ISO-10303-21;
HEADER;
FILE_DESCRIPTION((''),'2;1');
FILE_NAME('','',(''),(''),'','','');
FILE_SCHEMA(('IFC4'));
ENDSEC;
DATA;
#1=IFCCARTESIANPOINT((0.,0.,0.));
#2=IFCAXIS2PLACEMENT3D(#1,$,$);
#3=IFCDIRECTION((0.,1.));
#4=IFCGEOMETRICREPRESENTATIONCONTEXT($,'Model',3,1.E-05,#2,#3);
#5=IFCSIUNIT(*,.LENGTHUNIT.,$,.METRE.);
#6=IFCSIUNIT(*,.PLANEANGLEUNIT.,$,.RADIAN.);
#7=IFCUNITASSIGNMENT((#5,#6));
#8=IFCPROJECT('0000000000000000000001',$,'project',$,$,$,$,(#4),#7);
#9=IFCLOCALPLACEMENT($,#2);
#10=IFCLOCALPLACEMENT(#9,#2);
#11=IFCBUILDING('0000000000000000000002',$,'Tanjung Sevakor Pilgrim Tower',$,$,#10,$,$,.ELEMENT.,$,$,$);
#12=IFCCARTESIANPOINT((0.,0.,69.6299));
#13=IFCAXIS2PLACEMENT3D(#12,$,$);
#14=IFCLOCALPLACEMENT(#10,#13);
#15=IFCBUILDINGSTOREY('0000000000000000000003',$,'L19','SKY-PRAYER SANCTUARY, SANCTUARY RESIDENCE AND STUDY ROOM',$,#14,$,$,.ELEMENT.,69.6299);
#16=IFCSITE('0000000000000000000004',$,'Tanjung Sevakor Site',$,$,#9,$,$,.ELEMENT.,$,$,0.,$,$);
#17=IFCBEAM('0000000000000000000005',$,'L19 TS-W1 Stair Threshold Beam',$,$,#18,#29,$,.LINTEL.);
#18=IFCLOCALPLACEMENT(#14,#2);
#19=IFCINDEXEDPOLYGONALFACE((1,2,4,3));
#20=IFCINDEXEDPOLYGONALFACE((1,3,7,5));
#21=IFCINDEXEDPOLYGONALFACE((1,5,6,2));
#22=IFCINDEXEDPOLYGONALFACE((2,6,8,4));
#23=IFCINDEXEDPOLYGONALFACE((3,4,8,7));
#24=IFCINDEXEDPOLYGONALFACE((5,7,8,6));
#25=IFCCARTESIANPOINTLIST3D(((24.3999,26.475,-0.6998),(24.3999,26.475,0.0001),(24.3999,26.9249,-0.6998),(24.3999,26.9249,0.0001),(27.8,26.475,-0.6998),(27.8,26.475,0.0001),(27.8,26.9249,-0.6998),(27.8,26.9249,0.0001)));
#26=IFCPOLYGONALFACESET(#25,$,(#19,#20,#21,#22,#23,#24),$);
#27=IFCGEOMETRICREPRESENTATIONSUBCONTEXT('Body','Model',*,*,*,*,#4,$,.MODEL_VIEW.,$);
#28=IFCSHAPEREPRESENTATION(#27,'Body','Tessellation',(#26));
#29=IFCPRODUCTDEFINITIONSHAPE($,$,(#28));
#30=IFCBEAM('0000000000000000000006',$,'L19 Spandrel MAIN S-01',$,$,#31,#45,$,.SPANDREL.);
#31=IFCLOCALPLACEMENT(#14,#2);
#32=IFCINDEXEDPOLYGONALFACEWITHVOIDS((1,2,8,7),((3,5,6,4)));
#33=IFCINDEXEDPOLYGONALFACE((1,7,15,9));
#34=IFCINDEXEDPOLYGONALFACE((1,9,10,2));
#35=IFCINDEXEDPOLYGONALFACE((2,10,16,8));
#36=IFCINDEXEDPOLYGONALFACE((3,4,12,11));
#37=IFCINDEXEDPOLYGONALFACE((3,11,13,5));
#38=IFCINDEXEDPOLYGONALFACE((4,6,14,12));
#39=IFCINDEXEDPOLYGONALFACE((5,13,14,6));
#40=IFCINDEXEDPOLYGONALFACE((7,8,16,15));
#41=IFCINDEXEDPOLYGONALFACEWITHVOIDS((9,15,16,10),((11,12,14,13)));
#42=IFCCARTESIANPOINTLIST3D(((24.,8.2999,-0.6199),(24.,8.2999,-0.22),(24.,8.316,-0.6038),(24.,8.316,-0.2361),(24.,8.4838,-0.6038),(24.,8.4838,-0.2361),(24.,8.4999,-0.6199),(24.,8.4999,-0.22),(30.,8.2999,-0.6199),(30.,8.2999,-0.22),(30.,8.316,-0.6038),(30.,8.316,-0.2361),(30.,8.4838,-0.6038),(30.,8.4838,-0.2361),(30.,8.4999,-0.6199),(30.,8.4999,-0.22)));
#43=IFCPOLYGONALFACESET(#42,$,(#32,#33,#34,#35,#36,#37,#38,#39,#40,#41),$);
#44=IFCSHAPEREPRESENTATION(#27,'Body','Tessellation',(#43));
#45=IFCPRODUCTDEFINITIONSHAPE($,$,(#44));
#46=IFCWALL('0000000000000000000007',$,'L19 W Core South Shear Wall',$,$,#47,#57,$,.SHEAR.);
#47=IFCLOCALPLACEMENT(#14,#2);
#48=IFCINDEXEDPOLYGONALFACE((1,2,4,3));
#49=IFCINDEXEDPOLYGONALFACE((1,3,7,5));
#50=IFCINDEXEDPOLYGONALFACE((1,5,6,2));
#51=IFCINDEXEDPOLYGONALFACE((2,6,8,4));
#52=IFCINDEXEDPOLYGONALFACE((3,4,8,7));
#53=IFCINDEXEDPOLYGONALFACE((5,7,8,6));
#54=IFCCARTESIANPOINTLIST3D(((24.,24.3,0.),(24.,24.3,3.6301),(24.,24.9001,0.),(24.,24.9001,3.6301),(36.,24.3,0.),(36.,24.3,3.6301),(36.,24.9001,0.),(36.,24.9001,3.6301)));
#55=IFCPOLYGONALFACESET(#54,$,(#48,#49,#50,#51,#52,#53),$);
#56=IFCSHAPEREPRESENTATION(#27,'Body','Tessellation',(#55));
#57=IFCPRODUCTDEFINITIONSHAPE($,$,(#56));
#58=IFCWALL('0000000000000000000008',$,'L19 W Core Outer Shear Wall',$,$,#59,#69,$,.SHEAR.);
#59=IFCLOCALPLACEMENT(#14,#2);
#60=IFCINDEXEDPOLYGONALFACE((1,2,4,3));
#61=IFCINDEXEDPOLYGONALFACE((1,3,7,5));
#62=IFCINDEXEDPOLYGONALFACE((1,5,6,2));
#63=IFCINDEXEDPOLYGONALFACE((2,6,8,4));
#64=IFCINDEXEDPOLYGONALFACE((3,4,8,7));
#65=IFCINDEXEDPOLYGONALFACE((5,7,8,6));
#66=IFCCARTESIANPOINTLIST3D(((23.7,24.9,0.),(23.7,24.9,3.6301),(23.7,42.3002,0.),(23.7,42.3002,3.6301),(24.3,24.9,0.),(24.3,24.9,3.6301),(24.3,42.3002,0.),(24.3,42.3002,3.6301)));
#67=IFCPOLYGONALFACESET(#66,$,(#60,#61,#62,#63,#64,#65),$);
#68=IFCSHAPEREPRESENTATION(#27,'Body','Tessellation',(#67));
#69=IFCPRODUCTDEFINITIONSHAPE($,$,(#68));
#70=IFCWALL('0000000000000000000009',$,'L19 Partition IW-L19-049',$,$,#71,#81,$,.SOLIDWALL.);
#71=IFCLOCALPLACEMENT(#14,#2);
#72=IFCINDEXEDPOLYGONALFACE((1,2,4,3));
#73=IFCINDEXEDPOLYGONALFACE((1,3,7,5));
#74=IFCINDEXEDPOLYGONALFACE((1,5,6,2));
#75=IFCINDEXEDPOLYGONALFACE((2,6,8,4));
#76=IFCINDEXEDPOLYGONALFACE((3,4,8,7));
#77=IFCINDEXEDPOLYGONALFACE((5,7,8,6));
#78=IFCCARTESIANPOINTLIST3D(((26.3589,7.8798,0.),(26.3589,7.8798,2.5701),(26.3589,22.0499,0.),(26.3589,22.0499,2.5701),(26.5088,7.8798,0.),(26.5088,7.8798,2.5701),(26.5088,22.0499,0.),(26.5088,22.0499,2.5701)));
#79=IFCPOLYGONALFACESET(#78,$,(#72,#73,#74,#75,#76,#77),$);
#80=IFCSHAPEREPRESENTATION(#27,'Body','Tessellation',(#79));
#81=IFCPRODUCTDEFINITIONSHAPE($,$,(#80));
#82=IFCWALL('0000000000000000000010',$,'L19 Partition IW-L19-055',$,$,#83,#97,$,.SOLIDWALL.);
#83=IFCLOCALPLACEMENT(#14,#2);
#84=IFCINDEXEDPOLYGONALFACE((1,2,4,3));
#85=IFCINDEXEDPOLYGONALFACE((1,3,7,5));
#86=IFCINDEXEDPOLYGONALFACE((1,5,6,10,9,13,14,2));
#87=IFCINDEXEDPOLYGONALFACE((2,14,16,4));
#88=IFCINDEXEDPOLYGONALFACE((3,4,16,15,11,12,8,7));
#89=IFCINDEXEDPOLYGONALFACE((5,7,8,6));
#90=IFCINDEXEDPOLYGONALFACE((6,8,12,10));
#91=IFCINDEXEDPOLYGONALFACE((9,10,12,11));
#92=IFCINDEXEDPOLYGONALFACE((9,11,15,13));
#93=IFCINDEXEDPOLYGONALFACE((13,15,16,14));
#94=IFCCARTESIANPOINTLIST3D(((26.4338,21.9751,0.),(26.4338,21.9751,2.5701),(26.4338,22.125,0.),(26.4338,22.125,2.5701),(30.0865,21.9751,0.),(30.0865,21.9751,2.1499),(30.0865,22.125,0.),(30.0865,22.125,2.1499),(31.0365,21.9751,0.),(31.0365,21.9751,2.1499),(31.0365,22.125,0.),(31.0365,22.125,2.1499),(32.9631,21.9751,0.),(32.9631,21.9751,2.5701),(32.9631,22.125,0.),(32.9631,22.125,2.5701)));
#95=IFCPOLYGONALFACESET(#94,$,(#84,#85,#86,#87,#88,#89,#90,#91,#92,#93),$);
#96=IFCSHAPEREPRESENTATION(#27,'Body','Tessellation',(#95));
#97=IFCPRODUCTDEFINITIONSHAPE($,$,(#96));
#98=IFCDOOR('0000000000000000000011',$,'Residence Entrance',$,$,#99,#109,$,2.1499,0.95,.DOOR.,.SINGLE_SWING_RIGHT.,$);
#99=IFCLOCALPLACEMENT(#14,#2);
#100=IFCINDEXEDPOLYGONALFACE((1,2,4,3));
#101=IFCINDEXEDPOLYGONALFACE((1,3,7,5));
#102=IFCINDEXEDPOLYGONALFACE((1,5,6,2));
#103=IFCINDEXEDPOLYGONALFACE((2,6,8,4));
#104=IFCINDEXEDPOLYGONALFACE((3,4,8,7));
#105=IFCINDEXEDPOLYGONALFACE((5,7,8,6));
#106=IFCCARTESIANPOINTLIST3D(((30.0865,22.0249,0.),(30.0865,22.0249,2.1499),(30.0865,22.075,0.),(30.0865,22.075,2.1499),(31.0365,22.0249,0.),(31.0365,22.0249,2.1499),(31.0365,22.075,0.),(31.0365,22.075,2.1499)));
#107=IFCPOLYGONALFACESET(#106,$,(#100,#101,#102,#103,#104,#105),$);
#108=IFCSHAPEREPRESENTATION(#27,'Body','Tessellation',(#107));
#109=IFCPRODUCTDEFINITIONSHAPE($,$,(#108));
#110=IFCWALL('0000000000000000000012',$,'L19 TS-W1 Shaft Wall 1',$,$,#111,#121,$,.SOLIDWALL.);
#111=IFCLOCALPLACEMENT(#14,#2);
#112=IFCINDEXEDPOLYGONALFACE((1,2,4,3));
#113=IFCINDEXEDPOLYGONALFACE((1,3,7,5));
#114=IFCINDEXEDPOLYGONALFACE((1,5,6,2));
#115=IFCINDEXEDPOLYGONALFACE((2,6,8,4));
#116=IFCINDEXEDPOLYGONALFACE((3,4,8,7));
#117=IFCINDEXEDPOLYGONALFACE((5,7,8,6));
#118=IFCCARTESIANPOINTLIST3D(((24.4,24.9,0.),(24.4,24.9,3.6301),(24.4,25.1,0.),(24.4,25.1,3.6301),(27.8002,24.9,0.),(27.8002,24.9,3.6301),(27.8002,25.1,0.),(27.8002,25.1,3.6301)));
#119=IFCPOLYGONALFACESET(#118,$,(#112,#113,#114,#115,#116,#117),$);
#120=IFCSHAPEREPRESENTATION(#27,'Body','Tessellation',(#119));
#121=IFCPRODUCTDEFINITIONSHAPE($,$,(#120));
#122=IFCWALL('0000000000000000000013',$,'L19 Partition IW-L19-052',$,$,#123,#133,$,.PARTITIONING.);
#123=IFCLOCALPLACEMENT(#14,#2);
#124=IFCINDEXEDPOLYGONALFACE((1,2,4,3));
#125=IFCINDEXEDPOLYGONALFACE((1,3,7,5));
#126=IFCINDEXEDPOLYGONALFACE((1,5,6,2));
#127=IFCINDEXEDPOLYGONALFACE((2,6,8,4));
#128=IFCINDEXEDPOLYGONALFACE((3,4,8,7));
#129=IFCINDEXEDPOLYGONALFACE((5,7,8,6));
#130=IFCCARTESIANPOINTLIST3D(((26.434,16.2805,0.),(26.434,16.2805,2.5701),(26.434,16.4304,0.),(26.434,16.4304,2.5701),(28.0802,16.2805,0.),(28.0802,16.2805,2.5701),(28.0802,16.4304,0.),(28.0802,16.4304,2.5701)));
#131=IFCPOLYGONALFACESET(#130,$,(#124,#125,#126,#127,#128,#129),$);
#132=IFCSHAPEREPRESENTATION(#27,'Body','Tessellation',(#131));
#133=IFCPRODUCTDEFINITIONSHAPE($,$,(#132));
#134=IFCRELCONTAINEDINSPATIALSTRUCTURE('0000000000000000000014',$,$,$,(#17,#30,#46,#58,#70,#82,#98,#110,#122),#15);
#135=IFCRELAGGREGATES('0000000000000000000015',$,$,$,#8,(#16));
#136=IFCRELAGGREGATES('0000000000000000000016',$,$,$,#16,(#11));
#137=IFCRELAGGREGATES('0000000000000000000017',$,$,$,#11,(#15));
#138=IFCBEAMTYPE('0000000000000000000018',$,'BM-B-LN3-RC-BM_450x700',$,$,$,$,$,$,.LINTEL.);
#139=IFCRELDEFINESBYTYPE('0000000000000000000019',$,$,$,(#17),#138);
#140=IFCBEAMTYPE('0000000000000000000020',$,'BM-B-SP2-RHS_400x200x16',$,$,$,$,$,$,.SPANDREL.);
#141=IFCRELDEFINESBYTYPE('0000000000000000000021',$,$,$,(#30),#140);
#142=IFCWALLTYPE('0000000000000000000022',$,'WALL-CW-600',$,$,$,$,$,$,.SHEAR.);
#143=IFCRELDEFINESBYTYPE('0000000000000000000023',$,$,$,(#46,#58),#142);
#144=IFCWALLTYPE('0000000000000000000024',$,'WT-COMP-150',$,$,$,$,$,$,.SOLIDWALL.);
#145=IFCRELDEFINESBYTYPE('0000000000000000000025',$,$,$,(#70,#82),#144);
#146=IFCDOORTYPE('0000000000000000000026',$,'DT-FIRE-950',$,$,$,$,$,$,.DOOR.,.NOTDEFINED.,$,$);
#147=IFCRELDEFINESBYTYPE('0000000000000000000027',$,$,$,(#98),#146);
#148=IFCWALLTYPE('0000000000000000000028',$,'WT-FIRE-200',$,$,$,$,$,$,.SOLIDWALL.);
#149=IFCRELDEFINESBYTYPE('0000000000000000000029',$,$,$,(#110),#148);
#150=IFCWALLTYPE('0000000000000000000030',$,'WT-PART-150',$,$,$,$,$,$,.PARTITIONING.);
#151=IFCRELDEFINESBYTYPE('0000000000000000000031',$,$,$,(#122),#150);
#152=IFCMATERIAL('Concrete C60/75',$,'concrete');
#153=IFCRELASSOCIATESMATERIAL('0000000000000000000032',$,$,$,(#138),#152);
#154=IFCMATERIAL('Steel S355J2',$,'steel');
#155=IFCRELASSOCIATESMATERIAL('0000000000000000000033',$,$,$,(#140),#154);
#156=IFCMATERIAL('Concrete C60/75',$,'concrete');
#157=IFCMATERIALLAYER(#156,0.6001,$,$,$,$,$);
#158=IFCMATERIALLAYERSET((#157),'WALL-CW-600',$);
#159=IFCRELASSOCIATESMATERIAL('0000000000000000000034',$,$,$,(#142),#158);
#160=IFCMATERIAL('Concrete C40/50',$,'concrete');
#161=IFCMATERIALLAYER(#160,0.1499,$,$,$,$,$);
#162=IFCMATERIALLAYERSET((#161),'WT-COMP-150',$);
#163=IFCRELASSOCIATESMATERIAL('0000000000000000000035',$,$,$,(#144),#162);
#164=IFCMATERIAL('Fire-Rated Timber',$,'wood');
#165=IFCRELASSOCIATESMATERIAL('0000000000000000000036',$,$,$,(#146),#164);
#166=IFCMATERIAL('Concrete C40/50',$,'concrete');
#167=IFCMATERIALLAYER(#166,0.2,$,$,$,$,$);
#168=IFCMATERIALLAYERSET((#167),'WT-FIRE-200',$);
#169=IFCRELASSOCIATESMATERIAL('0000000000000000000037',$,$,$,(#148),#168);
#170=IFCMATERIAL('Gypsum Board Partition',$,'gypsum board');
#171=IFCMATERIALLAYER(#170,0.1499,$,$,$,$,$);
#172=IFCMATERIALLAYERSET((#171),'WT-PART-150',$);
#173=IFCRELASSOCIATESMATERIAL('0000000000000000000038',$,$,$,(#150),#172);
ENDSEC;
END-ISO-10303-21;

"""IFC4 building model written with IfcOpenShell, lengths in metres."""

from ifc_helpers import new_model, si_unit, direction, frame, frame_2d, origin, origin_2d, place, context, subcontext, project, spatial, rectangle, hollow_rectangle, extrude, material, layer, layer_set, material_profile, profile_set, type_object, element, fill, save


model = new_model("IFC4")

# Units and contexts
model_context = context("Model", 3, precision=1e-05, world=origin(), true_north=direction((0.0, 1.0)))
body_context = subcontext(model_context, "Body", "Model", "MODEL_VIEW")
ifc_project = project(units=[si_unit("LENGTHUNIT", "METRE"), si_unit("PLANEANGLEUNIT", "RADIAN")], contexts=[model_context])

# Site, building, storey
site_placement = place(None, origin())
site = spatial("IfcSite", under=ifc_project, at=site_placement, Name="Tanjung Sevakor Site", CompositionType="ELEMENT", RefElevation=0.0)
building_placement = place(site_placement, origin())
building = spatial("IfcBuilding", under=site, at=building_placement, Name="Tanjung Sevakor Pilgrim Tower", CompositionType="ELEMENT")
storey_placement = place(building_placement, frame((0.0, 0.0, 69.6299)))
storey = spatial("IfcBuildingStorey", under=building, at=storey_placement, Name="L19", Description="SKY-PRAYER SANCTUARY, SANCTUARY RESIDENCE AND STUDY ROOM", CompositionType="ELEMENT", Elevation=69.6299)

# Beams
ifc_material_1 = material(Name="Concrete C60/75", Category="concrete")
ifc_material_profile_1 = material_profile(ifc_material_1, rectangle(XDim=0.45, YDim=0.7, at=origin_2d()))
ifc_profile_set_1 = profile_set([ifc_material_profile_1], Name="Concrete C60/75")
beam_type_1 = type_object("IfcBeamType", Name="BM-B-LN3-RC-BM_450x700", PredefinedType="LINTEL", material=ifc_profile_set_1)
beam_1_placement = place(storey_placement, frame((24.3999, 26.7, -0.3499), z_axis=(1.0, 0.0, 0.0), x_axis=(0.0, 1.0, 0.0)))
element("IfcBeam", 1, at=beam_1_placement, inside=storey, type_object=beam_type_1, Name="L19 TS-W1 Stair Threshold Beam", PredefinedType="LINTEL", context=body_context, shape_type="SweptSolid", body=[
    extrude(rectangle(XDim=0.45, YDim=0.7, at=origin_2d()), origin(), (0.0, 0.0, 1.0), 3.4001),
])
ifc_material_2 = material(Name="Steel S355J2", Category="steel")
ifc_material_profile_2 = material_profile(ifc_material_2, hollow_rectangle(XDim=0.2, YDim=0.3999, WallThickness=0.0161, at=origin_2d()))
ifc_profile_set_2 = profile_set([ifc_material_profile_2], Name="Steel S355J2")
beam_type_2 = type_object("IfcBeamType", Name="BM-B-SP2-RHS_400x200x16", PredefinedType="SPANDREL", material=ifc_profile_set_2)
beam_2_placement = place(storey_placement, frame((24.0, 8.3999, -0.4199), z_axis=(1.0, 0.0, 0.0), x_axis=(0.0, 1.0, 0.0)))
element("IfcBeam", 2, at=beam_2_placement, inside=storey, type_object=beam_type_2, Name="L19 Spandrel MAIN S-01", PredefinedType="SPANDREL", context=body_context, shape_type="SweptSolid", body=[
    extrude(hollow_rectangle(XDim=0.2, YDim=0.3999, WallThickness=0.0161, at=origin_2d()), origin(), (0.0, 0.0, 1.0), 6.0),
])

# Walls
ifc_material_3 = material(Name="Concrete C60/75", Category="concrete")
ifc_layer_1 = layer(ifc_material_3, 0.6001)
ifc_layer_set_1 = layer_set([ifc_layer_1], Name="WALL-CW-600")
wall_type_1 = type_object("IfcWallType", Name="WALL-CW-600", PredefinedType="SHEAR", material=ifc_layer_set_1)
wall_1_placement = place(storey_placement, frame((24.0, 24.6001, 0.0), z_axis=(0.0, 0.0, 1.0), x_axis=(1.0, 0.0, 0.0)))
element("IfcWall", 3, at=wall_1_placement, inside=storey, type_object=wall_type_1, Name="L19 W Core South Shear Wall", PredefinedType="SHEAR", context=body_context, shape_type="SweptSolid", body=[
    extrude(rectangle(XDim=12.0, YDim=0.6001, at=frame_2d((6.0, 0.0))), origin(), (0.0, 0.0, 1.0), 3.6301),
])
wall_2_placement = place(storey_placement, frame((24.0, 24.8999, 0.0), z_axis=(0.0, 0.0, 1.0), x_axis=(0.0, 1.0, 0.0)))
element("IfcWall", 4, at=wall_2_placement, inside=storey, type_object=wall_type_1, Name="L19 W Core Outer Shear Wall", PredefinedType="SHEAR", context=body_context, shape_type="SweptSolid", body=[
    extrude(rectangle(XDim=17.4001, YDim=0.6001, at=frame_2d((8.7002, 0.0))), origin(), (0.0, 0.0, 1.0), 3.6301),
])

# Wall
ifc_material_4 = material(Name="Concrete C40/50", Category="concrete")
ifc_layer_2 = layer(ifc_material_4, 0.1499)
ifc_layer_set_2 = layer_set([ifc_layer_2], Name="WT-COMP-150")
wall_type_2 = type_object("IfcWallType", Name="WT-COMP-150", PredefinedType="SOLIDWALL", material=ifc_layer_set_2)
wall_3_placement = place(storey_placement, frame((26.4338, 7.8799, 0.0), z_axis=(0.0, 0.0, 1.0), x_axis=(0.0, 1.0, 0.0)))
element("IfcWall", 5, at=wall_3_placement, inside=storey, type_object=wall_type_2, Name="L19 Partition IW-L19-049", PredefinedType="SOLIDWALL", context=body_context, shape_type="SweptSolid", body=[
    extrude(rectangle(XDim=14.1702, YDim=0.1499, at=frame_2d((7.085, 0.0))), origin(), (0.0, 0.0, 1.0), 2.5701),
])

# Wall, opening, door
wall_4_placement = place(storey_placement, frame((26.4338, 22.05, 0.0), z_axis=(0.0, 0.0, 1.0), x_axis=(1.0, 0.0, 0.0)))
wall_4 = element("IfcWall", 6, at=wall_4_placement, inside=storey, type_object=wall_type_2, Name="L19 Partition IW-L19-055", PredefinedType="SOLIDWALL", context=body_context, shape_type="SweptSolid", body=[
    extrude(rectangle(XDim=6.5293, YDim=0.1499, at=frame_2d((3.2646, 0.0))), origin(), (0.0, 0.0, 1.0), 2.5701),
])
opening_1_placement = place(wall_4_placement, frame((3.6526, 0.0, 0.0)))
opening_1 = element("IfcOpeningElement", 7, at=opening_1_placement, cuts=wall_4, PredefinedType="OPENING", context=body_context, shape_type="SweptSolid", body=[
    extrude(rectangle(XDim=0.95, YDim=2.1499, at=frame_2d((0.4751, 1.075))), frame((0.0, 0.085, 0.0), z_axis=(0.0, -1.0, 0.0), x_axis=(1.0, 0.0, 0.0)), (0.0, 0.0, 1.0), 0.1699),
])
ifc_material_5 = material(Name="Fire-Rated Timber", Category="wood")
door_type_1 = type_object("IfcDoorType", Name="DT-FIRE-950", OperationType="NOTDEFINED", PredefinedType="DOOR", material=ifc_material_5)
door_1_placement = place(opening_1_placement, origin())
door_1 = element("IfcDoor", 8, at=door_1_placement, inside=storey, type_object=door_type_1, Name="Residence Entrance", OperationType="SINGLE_SWING_RIGHT", OverallHeight=2.1499, OverallWidth=0.95, PredefinedType="DOOR", context=body_context, shape_type="SweptSolid", body=[
    extrude(rectangle(XDim=0.95, YDim=2.1499, at=frame_2d((0.4751, 1.075))), frame((0.0, 0.0249, 0.0), z_axis=(0.0, -1.0, 0.0), x_axis=(1.0, 0.0, 0.0)), (0.0, 0.0, 1.0), 0.05),
])
fill(opening_1, door_1)

# Wall
ifc_material_6 = material(Name="Concrete C40/50", Category="concrete")
ifc_layer_3 = layer(ifc_material_6, 0.2)
ifc_layer_set_3 = layer_set([ifc_layer_3], Name="WT-FIRE-200")
wall_type_3 = type_object("IfcWallType", Name="WT-FIRE-200", PredefinedType="SOLIDWALL", material=ifc_layer_set_3)
wall_5_placement = place(storey_placement, frame((24.3999, 25.0, 0.0), z_axis=(0.0, 0.0, 1.0), x_axis=(1.0, 0.0, 0.0)))
element("IfcWall", 9, at=wall_5_placement, inside=storey, type_object=wall_type_3, Name="L19 TS-W1 Shaft Wall 1", PredefinedType="SOLIDWALL", context=body_context, shape_type="SweptSolid", body=[
    extrude(rectangle(XDim=3.4001, YDim=0.2, at=frame_2d((1.7002, 0.0))), origin(), (0.0, 0.0, 1.0), 3.6301),
])

# Wall
ifc_material_7 = material(Name="Gypsum Board Partition", Category="gypsum board")
ifc_layer_4 = layer(ifc_material_7, 0.1499)
ifc_layer_set_4 = layer_set([ifc_layer_4], Name="WT-PART-150")
wall_type_4 = type_object("IfcWallType", Name="WT-PART-150", PredefinedType="PARTITIONING", material=ifc_layer_set_4)
wall_6_placement = place(storey_placement, frame((26.4338, 16.3555, 0.0), z_axis=(0.0, 0.0, 1.0), x_axis=(1.0, 0.0, 0.0)))
element("IfcWall", 10, at=wall_6_placement, inside=storey, type_object=wall_type_4, Name="L19 Partition IW-L19-052", PredefinedType="PARTITIONING", context=body_context, shape_type="SweptSolid", body=[
    extrude(rectangle(XDim=1.6462, YDim=0.1499, at=frame_2d((0.8232, 0.0))), origin(), (0.0, 0.0, 1.0), 2.5701),
])

save(model, "model.ifc")
